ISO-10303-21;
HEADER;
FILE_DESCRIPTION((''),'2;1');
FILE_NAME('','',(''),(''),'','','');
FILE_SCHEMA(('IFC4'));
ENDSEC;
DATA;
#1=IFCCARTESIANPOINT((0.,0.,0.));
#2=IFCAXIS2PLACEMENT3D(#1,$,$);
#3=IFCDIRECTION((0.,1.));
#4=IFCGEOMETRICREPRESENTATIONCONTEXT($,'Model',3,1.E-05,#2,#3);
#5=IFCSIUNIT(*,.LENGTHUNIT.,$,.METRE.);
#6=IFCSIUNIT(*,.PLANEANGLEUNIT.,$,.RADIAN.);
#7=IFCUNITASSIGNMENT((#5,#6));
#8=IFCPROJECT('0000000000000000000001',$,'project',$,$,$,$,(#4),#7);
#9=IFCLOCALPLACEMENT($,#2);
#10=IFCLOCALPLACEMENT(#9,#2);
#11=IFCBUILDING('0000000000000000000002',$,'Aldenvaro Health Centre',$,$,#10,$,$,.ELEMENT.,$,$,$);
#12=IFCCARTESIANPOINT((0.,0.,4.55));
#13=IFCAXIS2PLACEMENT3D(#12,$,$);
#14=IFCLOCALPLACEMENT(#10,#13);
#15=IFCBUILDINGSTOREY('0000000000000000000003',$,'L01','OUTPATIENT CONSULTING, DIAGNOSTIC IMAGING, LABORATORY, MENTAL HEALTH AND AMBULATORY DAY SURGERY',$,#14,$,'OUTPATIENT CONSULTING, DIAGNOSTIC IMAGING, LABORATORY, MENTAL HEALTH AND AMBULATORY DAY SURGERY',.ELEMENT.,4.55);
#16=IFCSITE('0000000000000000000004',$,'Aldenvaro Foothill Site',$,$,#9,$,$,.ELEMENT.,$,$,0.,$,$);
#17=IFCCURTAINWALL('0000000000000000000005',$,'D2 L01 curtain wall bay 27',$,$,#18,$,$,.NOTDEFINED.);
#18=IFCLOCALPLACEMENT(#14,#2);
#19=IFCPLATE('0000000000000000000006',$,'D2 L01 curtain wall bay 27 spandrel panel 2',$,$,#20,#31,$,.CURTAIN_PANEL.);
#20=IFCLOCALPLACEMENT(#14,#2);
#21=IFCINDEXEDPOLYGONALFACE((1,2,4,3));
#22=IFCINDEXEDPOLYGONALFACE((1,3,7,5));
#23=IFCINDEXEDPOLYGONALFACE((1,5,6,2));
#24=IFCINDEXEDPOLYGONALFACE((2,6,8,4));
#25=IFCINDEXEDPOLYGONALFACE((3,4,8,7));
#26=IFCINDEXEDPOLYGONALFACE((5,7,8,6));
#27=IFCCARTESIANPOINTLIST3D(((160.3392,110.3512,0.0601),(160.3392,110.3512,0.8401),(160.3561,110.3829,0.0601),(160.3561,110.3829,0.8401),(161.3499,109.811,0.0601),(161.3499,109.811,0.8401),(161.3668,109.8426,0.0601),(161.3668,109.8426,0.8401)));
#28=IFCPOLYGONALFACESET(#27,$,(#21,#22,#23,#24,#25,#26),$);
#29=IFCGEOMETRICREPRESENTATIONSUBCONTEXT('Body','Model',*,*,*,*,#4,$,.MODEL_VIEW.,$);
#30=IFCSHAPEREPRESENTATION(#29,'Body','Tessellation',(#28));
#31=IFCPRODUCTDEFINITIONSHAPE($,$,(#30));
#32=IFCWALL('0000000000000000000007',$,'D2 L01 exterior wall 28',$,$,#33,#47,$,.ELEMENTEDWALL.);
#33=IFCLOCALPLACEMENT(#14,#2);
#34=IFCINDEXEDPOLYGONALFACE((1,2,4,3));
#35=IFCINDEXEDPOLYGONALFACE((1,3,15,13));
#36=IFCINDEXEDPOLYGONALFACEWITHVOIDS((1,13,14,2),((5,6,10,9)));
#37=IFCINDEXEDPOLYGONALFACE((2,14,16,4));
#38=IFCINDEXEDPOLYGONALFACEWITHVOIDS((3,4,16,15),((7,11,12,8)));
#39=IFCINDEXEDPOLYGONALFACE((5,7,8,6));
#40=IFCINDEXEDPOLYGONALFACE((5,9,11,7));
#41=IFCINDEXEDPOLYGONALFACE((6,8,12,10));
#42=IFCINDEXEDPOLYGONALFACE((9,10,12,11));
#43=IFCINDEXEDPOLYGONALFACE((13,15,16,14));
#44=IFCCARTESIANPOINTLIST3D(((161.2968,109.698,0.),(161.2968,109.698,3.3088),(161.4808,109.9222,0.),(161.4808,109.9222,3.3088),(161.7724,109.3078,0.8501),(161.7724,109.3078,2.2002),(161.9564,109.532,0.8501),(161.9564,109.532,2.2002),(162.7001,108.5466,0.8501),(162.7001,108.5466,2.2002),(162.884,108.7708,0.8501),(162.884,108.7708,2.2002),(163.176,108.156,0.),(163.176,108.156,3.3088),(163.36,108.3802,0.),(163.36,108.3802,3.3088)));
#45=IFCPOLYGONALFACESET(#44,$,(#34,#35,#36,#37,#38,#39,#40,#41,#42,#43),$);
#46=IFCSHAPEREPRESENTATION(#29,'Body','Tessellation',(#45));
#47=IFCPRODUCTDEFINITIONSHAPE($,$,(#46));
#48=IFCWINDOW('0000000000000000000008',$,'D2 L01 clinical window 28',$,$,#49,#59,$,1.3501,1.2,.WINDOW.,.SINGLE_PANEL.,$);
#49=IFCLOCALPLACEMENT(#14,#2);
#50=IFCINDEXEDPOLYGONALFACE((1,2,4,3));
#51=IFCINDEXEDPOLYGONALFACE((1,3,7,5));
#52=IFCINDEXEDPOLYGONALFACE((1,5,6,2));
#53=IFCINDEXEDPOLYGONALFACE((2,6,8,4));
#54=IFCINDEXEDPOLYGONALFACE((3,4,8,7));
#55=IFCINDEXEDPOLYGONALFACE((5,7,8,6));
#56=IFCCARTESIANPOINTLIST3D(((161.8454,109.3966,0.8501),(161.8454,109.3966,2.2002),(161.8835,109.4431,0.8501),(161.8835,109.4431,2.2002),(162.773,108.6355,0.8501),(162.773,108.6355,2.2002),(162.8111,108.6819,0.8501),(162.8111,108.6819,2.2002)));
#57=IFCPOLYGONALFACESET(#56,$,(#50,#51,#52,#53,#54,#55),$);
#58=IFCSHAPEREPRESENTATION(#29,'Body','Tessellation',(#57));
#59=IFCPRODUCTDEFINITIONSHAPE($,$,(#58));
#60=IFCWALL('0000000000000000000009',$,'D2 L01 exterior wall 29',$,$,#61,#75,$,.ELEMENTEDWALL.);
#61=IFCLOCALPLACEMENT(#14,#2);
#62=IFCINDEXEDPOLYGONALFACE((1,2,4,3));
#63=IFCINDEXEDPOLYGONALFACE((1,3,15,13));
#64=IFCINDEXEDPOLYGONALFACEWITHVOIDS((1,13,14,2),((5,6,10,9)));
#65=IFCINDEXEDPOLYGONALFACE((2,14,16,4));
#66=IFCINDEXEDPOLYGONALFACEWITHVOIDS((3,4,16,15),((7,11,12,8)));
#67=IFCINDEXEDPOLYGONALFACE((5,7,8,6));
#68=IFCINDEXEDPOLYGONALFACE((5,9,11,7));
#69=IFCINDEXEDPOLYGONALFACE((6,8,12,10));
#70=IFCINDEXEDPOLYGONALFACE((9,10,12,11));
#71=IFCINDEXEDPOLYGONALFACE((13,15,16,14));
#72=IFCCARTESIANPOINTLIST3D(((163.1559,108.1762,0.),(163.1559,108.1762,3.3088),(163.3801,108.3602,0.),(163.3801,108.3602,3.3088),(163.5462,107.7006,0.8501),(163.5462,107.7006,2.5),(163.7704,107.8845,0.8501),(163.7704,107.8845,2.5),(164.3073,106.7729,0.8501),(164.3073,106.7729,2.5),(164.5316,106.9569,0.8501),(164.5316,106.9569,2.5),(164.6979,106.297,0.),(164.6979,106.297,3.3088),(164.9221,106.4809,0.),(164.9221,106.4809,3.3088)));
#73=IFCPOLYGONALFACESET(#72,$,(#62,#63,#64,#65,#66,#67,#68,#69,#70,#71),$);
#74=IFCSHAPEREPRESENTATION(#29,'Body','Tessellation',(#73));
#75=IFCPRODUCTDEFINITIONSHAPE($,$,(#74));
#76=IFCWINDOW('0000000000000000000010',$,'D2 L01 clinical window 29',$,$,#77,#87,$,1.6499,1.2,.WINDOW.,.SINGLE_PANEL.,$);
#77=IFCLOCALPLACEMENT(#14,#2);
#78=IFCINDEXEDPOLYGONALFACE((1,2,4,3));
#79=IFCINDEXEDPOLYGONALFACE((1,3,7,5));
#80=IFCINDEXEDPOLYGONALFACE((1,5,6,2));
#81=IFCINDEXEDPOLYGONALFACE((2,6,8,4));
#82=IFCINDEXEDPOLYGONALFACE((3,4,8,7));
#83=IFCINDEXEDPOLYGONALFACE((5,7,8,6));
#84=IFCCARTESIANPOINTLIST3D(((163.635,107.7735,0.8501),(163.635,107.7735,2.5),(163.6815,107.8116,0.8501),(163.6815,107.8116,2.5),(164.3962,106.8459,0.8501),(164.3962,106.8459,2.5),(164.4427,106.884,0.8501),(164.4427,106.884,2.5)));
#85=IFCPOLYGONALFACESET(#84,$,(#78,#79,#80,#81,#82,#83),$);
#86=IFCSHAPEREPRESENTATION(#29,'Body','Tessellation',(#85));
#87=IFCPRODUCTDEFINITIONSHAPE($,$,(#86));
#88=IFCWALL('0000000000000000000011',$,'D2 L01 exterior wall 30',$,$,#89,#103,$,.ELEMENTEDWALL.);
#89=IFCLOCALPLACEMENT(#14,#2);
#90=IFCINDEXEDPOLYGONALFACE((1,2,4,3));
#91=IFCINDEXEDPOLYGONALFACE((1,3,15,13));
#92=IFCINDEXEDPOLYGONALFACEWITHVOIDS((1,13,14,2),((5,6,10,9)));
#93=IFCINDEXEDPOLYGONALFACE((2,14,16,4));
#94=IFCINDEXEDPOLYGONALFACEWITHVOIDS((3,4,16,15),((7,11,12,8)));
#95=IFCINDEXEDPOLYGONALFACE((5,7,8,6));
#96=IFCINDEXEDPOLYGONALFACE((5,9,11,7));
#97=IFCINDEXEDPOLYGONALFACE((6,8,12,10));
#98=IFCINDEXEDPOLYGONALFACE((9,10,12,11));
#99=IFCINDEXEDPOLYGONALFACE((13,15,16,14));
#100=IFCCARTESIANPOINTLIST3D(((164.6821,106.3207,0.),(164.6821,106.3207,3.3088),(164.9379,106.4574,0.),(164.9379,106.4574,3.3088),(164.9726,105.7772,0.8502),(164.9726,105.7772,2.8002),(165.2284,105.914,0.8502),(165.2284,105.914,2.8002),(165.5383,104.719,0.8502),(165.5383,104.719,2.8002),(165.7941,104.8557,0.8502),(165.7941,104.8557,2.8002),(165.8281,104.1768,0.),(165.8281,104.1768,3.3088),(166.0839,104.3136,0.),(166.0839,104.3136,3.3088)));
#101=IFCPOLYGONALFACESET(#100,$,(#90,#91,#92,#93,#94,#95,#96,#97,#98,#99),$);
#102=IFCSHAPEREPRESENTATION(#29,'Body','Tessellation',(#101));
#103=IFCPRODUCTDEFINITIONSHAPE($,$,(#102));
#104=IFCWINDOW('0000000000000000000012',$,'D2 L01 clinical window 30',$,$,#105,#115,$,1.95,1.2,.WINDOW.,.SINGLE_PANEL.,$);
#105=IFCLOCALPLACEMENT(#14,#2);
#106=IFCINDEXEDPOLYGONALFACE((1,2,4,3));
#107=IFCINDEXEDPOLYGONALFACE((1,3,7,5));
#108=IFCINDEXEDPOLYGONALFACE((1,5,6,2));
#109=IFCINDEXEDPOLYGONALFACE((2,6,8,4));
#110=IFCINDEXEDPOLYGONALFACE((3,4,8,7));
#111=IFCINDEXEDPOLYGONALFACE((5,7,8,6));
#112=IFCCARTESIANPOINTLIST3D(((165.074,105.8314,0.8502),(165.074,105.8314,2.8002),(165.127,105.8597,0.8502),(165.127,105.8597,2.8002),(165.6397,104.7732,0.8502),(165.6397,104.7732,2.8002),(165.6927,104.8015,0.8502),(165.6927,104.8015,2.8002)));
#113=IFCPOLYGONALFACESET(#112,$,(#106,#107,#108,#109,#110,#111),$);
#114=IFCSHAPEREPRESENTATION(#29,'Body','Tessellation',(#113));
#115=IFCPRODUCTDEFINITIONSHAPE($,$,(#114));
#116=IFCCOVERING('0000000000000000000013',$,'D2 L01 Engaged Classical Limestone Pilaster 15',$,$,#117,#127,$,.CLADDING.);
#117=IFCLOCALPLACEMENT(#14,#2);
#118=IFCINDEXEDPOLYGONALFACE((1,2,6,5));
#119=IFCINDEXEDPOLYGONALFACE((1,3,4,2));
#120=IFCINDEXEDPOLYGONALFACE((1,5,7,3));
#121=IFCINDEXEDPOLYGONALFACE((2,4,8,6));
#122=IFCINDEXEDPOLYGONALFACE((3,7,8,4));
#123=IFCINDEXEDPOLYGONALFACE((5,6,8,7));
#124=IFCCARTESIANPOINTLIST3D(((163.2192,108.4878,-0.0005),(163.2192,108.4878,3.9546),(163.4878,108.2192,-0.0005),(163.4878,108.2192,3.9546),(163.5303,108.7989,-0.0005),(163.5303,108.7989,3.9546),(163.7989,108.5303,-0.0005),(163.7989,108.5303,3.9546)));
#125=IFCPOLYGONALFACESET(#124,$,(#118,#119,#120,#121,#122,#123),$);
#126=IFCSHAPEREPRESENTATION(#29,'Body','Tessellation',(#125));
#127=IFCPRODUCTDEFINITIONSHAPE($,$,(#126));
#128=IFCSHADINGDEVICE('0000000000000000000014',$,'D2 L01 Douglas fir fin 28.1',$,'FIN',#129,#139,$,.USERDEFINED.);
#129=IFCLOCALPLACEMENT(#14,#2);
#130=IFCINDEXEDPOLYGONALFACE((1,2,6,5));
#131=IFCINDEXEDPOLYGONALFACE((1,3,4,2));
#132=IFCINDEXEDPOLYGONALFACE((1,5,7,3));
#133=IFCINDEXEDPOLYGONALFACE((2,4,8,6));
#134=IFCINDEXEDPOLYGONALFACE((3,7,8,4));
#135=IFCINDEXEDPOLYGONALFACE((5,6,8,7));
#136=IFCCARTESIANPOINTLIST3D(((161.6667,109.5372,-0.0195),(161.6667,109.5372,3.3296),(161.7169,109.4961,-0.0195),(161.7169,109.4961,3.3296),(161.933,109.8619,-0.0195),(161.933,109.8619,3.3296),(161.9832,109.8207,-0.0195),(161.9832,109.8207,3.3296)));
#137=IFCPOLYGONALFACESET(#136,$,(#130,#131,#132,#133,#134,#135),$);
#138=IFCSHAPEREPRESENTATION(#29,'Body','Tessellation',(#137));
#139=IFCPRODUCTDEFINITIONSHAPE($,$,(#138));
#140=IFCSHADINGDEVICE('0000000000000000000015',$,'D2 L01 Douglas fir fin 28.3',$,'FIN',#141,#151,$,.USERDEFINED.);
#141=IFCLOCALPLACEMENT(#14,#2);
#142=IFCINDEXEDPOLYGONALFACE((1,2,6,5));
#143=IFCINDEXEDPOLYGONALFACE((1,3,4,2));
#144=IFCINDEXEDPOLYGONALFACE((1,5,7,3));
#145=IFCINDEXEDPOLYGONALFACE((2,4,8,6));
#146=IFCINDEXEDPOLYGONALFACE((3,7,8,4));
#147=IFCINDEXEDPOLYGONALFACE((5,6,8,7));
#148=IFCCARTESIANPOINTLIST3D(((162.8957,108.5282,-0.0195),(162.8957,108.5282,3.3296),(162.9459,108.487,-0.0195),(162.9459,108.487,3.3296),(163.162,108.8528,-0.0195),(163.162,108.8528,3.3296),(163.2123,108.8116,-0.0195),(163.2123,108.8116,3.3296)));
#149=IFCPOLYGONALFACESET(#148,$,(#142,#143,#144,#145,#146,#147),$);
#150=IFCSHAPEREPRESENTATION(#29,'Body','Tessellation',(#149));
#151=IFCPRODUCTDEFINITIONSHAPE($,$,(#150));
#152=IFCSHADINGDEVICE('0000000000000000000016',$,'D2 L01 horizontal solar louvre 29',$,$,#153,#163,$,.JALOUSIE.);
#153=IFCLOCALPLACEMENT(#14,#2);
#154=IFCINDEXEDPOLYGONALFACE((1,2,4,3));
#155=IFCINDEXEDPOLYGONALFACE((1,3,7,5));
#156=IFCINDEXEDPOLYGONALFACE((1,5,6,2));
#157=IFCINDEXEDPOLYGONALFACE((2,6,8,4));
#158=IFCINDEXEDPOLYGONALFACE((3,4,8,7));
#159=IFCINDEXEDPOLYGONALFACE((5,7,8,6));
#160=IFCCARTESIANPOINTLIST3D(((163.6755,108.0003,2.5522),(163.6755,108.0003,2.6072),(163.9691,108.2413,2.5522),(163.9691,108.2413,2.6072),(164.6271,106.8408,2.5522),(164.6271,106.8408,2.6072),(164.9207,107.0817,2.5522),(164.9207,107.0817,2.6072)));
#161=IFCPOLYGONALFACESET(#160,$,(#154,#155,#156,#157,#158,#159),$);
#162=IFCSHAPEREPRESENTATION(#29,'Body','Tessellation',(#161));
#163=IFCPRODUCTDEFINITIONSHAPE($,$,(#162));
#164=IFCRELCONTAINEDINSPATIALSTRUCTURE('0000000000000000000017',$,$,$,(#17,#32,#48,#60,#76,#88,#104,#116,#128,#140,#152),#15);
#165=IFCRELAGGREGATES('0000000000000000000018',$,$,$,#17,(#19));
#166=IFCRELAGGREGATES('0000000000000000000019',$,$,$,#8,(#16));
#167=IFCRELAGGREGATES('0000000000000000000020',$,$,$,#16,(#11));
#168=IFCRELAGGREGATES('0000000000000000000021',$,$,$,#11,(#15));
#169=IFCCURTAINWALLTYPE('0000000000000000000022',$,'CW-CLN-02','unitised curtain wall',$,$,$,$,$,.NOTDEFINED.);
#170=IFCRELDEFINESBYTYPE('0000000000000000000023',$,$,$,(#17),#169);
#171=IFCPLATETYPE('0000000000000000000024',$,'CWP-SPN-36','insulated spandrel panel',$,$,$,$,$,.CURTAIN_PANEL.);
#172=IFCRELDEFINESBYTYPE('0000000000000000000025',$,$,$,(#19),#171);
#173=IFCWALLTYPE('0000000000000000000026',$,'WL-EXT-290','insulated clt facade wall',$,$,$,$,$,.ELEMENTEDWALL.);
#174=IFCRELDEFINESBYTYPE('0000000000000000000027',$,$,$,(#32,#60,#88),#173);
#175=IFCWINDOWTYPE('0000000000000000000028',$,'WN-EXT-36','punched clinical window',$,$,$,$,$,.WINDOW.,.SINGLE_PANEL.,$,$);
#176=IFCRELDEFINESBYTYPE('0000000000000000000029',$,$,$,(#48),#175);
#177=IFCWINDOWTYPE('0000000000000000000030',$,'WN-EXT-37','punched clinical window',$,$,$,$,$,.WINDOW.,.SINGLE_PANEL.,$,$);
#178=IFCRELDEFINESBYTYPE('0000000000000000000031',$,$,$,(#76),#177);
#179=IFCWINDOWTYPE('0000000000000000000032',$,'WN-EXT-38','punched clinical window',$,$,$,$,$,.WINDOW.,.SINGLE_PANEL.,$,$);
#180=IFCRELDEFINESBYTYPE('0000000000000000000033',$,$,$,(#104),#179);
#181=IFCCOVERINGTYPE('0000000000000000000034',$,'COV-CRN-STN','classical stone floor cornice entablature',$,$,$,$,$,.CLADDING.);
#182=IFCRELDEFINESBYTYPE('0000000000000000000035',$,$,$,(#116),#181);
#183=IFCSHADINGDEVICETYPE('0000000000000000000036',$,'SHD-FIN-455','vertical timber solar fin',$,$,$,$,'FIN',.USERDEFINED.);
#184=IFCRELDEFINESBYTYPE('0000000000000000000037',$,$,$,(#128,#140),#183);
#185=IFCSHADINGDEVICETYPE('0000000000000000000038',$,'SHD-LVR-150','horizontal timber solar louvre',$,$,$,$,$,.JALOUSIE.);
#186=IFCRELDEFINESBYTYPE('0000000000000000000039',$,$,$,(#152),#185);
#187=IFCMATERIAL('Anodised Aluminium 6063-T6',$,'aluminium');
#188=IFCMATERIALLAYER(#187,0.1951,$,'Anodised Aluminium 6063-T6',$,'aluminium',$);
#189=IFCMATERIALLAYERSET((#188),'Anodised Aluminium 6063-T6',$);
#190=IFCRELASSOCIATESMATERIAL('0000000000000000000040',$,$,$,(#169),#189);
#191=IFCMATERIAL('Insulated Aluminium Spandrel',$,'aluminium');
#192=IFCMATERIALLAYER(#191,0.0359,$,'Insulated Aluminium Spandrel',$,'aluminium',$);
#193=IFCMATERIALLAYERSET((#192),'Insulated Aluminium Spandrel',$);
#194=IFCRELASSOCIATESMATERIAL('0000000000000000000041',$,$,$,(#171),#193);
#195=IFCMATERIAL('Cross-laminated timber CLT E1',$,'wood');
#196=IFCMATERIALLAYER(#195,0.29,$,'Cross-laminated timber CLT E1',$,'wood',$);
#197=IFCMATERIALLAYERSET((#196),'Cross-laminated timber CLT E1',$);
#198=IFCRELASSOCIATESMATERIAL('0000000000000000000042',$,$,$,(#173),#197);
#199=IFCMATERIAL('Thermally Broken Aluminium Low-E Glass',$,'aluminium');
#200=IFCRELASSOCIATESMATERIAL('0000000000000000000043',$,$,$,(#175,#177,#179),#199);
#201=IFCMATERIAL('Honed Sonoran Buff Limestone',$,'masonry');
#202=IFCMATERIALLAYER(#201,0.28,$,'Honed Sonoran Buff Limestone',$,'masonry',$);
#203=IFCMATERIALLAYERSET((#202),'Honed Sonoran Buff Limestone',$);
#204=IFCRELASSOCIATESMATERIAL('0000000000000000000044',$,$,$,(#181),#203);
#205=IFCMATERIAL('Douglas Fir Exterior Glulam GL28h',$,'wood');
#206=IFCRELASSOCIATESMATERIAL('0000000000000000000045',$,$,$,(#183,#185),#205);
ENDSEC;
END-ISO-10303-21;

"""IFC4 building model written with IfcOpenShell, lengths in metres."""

from ifc_helpers import new_model, si_unit, direction, frame, frame_2d, origin, origin_2d, place, context, subcontext, project, spatial, rectangle, extrude, material, layer, layer_set, type_object, element, fill, aggregate, save


model = new_model("IFC4")

# Units and contexts
model_context = context("Model", 3, precision=1e-05, world=origin(), true_north=direction((0.0, 1.0)))
body_context = subcontext(model_context, "Body", "Model", "MODEL_VIEW")
ifc_project = project(units=[si_unit("LENGTHUNIT", "METRE"), si_unit("PLANEANGLEUNIT", "RADIAN")], contexts=[model_context])

# Site, building, storey
site_placement = place(None, origin())
site = spatial("IfcSite", under=ifc_project, at=site_placement, Name="Aldenvaro Foothill Site", CompositionType="ELEMENT", RefElevation=0.0)
building_placement = place(site_placement, origin())
building = spatial("IfcBuilding", under=site, at=building_placement, Name="Aldenvaro Health Centre", CompositionType="ELEMENT")
storey_placement = place(building_placement, frame((0.0, 0.0, 4.55)))
storey = spatial("IfcBuildingStorey", under=building, at=storey_placement, Name="L01", Description="OUTPATIENT CONSULTING, DIAGNOSTIC IMAGING, LABORATORY, MENTAL HEALTH AND AMBULATORY DAY SURGERY", LongName="OUTPATIENT CONSULTING, DIAGNOSTIC IMAGING, LABORATORY, MENTAL HEALTH AND AMBULATORY DAY SURGERY", CompositionType="ELEMENT", Elevation=4.55)

# Curtain wall
ifc_material_1 = material(Name="Anodised Aluminium 6063-T6", Category="aluminium")
ifc_layer_1 = layer(ifc_material_1, 0.1951, Name="Anodised Aluminium 6063-T6", Category="aluminium")
ifc_layer_set_1 = layer_set([ifc_layer_1], Name="Anodised Aluminium 6063-T6")
curtain_wall_type = type_object("IfcCurtainWallType", Name="CW-CLN-02", Description="unitised curtain wall", PredefinedType="NOTDEFINED", material=ifc_layer_set_1)
curtain_wall_1_placement = place(storey_placement, origin())
curtain_wall_1 = element("IfcCurtainWall", 1, at=curtain_wall_1_placement, inside=storey, type_object=curtain_wall_type, Name="D2 L01 curtain wall bay 27", PredefinedType="NOTDEFINED")

# Plate
ifc_material_2 = material(Name="Insulated Aluminium Spandrel", Category="aluminium")
ifc_layer_2 = layer(ifc_material_2, 0.0359, Name="Insulated Aluminium Spandrel", Category="aluminium")
ifc_layer_set_2 = layer_set([ifc_layer_2], Name="Insulated Aluminium Spandrel")
plate_type_1 = type_object("IfcPlateType", Name="CWP-SPN-36", Description="insulated spandrel panel", PredefinedType="CURTAIN_PANEL", material=ifc_layer_set_2)
plate_1_placement = place(storey_placement, frame((160.853, 110.0969, 0.0601), z_axis=(0.0, 0.0, 1.0), x_axis=(0.88192, -0.471399, 0.0)))
plate_1 = element("IfcPlate", 2, at=plate_1_placement, type_object=plate_type_1, Name="D2 L01 curtain wall bay 27 spandrel panel 2", PredefinedType="CURTAIN_PANEL", context=body_context, shape_type="SweptSolid", body=[
    extrude(rectangle(XDim=1.146, YDim=0.0359, at=origin_2d()), origin(), (0.0, 0.0, 1.0), 0.78),
])
aggregate(curtain_wall_1, [plate_1])

# Walls, openings, windows
ifc_material_3 = material(Name="Cross-laminated timber CLT E1", Category="wood")
ifc_layer_3 = layer(ifc_material_3, 0.29, Name="Cross-laminated timber CLT E1", Category="wood")
ifc_layer_set_3 = layer_set([ifc_layer_3], Name="Cross-laminated timber CLT E1")
wall_type = type_object("IfcWallType", Name="WL-EXT-290", Description="insulated clt facade wall", PredefinedType="ELEMENTEDWALL", material=ifc_layer_set_3)
wall_1_placement = place(storey_placement, frame((161.3889, 109.8101, 0.0), z_axis=(0.0, 0.0, 1.0), x_axis=(0.773048, -0.634347, 0.0)))
wall_1 = element("IfcWall", 3, at=wall_1_placement, inside=storey, type_object=wall_type, Name="D2 L01 exterior wall 28", PredefinedType="ELEMENTEDWALL", context=body_context, shape_type="SweptSolid", body=[
    extrude(rectangle(XDim=2.4309, YDim=0.29, at=frame_2d((1.2153, 0.0))), origin(), (0.0, 0.0, 1.0), 3.3088),
])
opening_1_placement = place(wall_1_placement, frame((0.615, 0.0, 0.8501)))
opening_1 = element("IfcOpeningElement", 4, at=opening_1_placement, cuts=wall_1, PredefinedType="OPENING", context=body_context, shape_type="SweptSolid", body=[
    extrude(rectangle(XDim=1.2, YDim=1.3501, at=frame_2d((0.6001, 0.675))), frame((0.0, 0.155, 0.0), z_axis=(0.0, -1.0, 0.0), x_axis=(1.0, 0.0, 0.0)), (0.0, 0.0, 1.0), 0.3101),
])
ifc_material_4 = material(Name="Thermally Broken Aluminium Low-E Glass", Category="aluminium")
window_type_1 = type_object("IfcWindowType", Name="WN-EXT-36", Description="punched clinical window", PartitioningType="SINGLE_PANEL", PredefinedType="WINDOW", material=ifc_material_4)
window_1_placement = place(opening_1_placement, origin())
window_1 = element("IfcWindow", 5, at=window_1_placement, inside=storey, type_object=window_type_1, Name="D2 L01 clinical window 28", OverallHeight=1.3501, OverallWidth=1.2, PartitioningType="SINGLE_PANEL", PredefinedType="WINDOW", context=body_context, shape_type="SweptSolid", body=[
    extrude(rectangle(XDim=1.2, YDim=1.3501, at=frame_2d((0.6001, 0.675))), frame((0.0, 0.03, 0.0), z_axis=(0.0, -1.0, 0.0), x_axis=(1.0, 0.0, 0.0)), (0.0, 0.0, 1.0), 0.0601),
])
fill(opening_1, window_1)
wall_2_placement = place(storey_placement, frame((163.2681, 108.2681, 0.0), z_axis=(0.0, 0.0, 1.0), x_axis=(0.634347, -0.773048, 0.0)))
wall_2 = element("IfcWall", 6, at=wall_2_placement, inside=storey, type_object=wall_type, Name="D2 L01 exterior wall 29", PredefinedType="ELEMENTEDWALL", context=body_context, shape_type="SweptSolid", body=[
    extrude(rectangle(XDim=2.4309, YDim=0.29, at=frame_2d((1.2153, 0.0))), origin(), (0.0, 0.0, 1.0), 3.3088),
])
opening_2_placement = place(wall_2_placement, frame((0.615, 0.0, 0.8501)))
opening_2 = element("IfcOpeningElement", 7, at=opening_2_placement, cuts=wall_2, PredefinedType="OPENING", context=body_context, shape_type="SweptSolid", body=[
    extrude(rectangle(XDim=1.2, YDim=1.6499, at=frame_2d((0.6001, 0.825))), frame((0.0, 0.155, 0.0), z_axis=(0.0, -1.0, 0.0), x_axis=(1.0, 0.0, 0.0)), (0.0, 0.0, 1.0), 0.3101),
])
window_type_2 = type_object("IfcWindowType", Name="WN-EXT-37", Description="punched clinical window", PartitioningType="SINGLE_PANEL", PredefinedType="WINDOW", material=ifc_material_4)
window_2_placement = place(opening_2_placement, origin())
window_2 = element("IfcWindow", 8, at=window_2_placement, inside=storey, type_object=window_type_2, Name="D2 L01 clinical window 29", OverallHeight=1.6499, OverallWidth=1.2, PartitioningType="SINGLE_PANEL", PredefinedType="WINDOW", context=body_context, shape_type="SweptSolid", body=[
    extrude(rectangle(XDim=1.2, YDim=1.6499, at=frame_2d((0.6001, 0.825))), frame((0.0, 0.03, 0.0), z_axis=(0.0, -1.0, 0.0), x_axis=(1.0, 0.0, 0.0)), (0.0, 0.0, 1.0), 0.0601),
])
fill(opening_2, window_2)
wall_3_placement = place(storey_placement, frame((164.8101, 106.3889, 0.0), z_axis=(0.0, 0.0, 1.0), x_axis=(0.471432, -0.881902, 0.0)))
wall_3 = element("IfcWall", 9, at=wall_3_placement, inside=storey, type_object=wall_type, Name="D2 L01 exterior wall 30", PredefinedType="ELEMENTEDWALL", context=body_context, shape_type="SweptSolid", body=[
    extrude(rectangle(XDim=2.4309, YDim=0.29, at=frame_2d((1.2153, 0.0))), origin(), (0.0, 0.0, 1.0), 3.3088),
])
opening_3_placement = place(wall_3_placement, frame((0.616, 0.0, 0.8501)))
opening_3 = element("IfcOpeningElement", 10, at=opening_3_placement, cuts=wall_3, PredefinedType="OPENING", context=body_context, shape_type="SweptSolid", body=[
    extrude(rectangle(XDim=1.2, YDim=1.95, at=frame_2d((0.6001, 0.9751))), frame((0.0, 0.155, 0.0), z_axis=(0.0, -1.0, 0.0), x_axis=(1.0, 0.0, 0.0)), (0.0, 0.0, 1.0), 0.3101),
])
window_type_3 = type_object("IfcWindowType", Name="WN-EXT-38", Description="punched clinical window", PartitioningType="SINGLE_PANEL", PredefinedType="WINDOW", material=ifc_material_4)
window_3_placement = place(opening_3_placement, origin())
window_3 = element("IfcWindow", 11, at=window_3_placement, inside=storey, type_object=window_type_3, Name="D2 L01 clinical window 30", OverallHeight=1.95, OverallWidth=1.2, PartitioningType="SINGLE_PANEL", PredefinedType="WINDOW", context=body_context, shape_type="SweptSolid", body=[
    extrude(rectangle(XDim=1.2, YDim=1.95, at=frame_2d((0.6001, 0.9751))), frame((0.0, 0.03, 0.0), z_axis=(0.0, -1.0, 0.0), x_axis=(1.0, 0.0, 0.0)), (0.0, 0.0, 1.0), 0.0601),
])
fill(opening_3, window_3)

# Covering
ifc_material_5 = material(Name="Honed Sonoran Buff Limestone", Category="masonry")
ifc_layer_4 = layer(ifc_material_5, 0.28, Name="Honed Sonoran Buff Limestone", Category="masonry")
ifc_layer_set_4 = layer_set([ifc_layer_4], Name="Honed Sonoran Buff Limestone")
covering_type = type_object("IfcCoveringType", Name="COV-CRN-STN", Description="classical stone floor cornice entablature", PredefinedType="CLADDING", material=ifc_layer_set_4)
covering_placement = place(storey_placement, frame((163.509, 108.509, -0.0005), z_axis=(0.0, 0.0, 1.0), x_axis=(0.707107, 0.707107, 0.0)))
element("IfcCovering", 12, at=covering_placement, inside=storey, type_object=covering_type, Name="D2 L01 Engaged Classical Limestone Pilaster 15", PredefinedType="CLADDING", context=body_context, shape_type="SweptSolid", body=[
    extrude(rectangle(XDim=0.4399, YDim=0.3799, at=origin_2d()), origin(), (0.0, 0.0, 1.0), 3.9551),
])

# Shading devices
ifc_material_6 = material(Name="Douglas Fir Exterior Glulam GL28h", Category="wood")
shading_device_type_1 = type_object("IfcShadingDeviceType", Name="SHD-FIN-455", Description="vertical timber solar fin", ElementType="FIN", PredefinedType="USERDEFINED", material=ifc_material_6)
for number, where, z_axis, x_axis, name in (
    (13, (161.825, 109.679, -0.0195), (0.0, 0.0, 1.0), (0.773022, -0.63438, 0.0), "D2 L01 Douglas fir fin 28.1"),
    (14, (163.054, 108.6699, -0.0195), (0.0, 0.0, 1.0), (0.773022, -0.63438, 0.0), "D2 L01 Douglas fir fin 28.3"),
):
    element("IfcShadingDevice", number, at=place(storey_placement, frame(where, z_axis=z_axis, x_axis=x_axis)), inside=storey, type_object=shading_device_type_1, Name=name, ObjectType="FIN", PredefinedType="USERDEFINED", context=body_context, shape_type="SweptSolid", body=[
        extrude(rectangle(XDim=0.0649, YDim=0.4199, at=origin_2d()), origin(), (0.0, 0.0, 1.0), 3.3491),
    ])
shading_device_type_2 = type_object("IfcShadingDeviceType", Name="SHD-LVR-150", Description="horizontal timber solar louvre", PredefinedType="JALOUSIE", material=ifc_material_6)
shading_device_placement = place(storey_placement, frame((164.2981, 107.541, 2.5522), z_axis=(0.0, 0.0, 1.0), x_axis=(0.63438, -0.773022, 0.0)))
element("IfcShadingDevice", 15, at=shading_device_placement, inside=storey, type_object=shading_device_type_2, Name="D2 L01 horizontal solar louvre 29", PredefinedType="JALOUSIE", context=body_context, shape_type="SweptSolid", body=[
    extrude(rectangle(XDim=1.5, YDim=0.3799, at=origin_2d()), origin(), (0.0, 0.0, 1.0), 0.0549),
])

save(model, "model.ifc")
